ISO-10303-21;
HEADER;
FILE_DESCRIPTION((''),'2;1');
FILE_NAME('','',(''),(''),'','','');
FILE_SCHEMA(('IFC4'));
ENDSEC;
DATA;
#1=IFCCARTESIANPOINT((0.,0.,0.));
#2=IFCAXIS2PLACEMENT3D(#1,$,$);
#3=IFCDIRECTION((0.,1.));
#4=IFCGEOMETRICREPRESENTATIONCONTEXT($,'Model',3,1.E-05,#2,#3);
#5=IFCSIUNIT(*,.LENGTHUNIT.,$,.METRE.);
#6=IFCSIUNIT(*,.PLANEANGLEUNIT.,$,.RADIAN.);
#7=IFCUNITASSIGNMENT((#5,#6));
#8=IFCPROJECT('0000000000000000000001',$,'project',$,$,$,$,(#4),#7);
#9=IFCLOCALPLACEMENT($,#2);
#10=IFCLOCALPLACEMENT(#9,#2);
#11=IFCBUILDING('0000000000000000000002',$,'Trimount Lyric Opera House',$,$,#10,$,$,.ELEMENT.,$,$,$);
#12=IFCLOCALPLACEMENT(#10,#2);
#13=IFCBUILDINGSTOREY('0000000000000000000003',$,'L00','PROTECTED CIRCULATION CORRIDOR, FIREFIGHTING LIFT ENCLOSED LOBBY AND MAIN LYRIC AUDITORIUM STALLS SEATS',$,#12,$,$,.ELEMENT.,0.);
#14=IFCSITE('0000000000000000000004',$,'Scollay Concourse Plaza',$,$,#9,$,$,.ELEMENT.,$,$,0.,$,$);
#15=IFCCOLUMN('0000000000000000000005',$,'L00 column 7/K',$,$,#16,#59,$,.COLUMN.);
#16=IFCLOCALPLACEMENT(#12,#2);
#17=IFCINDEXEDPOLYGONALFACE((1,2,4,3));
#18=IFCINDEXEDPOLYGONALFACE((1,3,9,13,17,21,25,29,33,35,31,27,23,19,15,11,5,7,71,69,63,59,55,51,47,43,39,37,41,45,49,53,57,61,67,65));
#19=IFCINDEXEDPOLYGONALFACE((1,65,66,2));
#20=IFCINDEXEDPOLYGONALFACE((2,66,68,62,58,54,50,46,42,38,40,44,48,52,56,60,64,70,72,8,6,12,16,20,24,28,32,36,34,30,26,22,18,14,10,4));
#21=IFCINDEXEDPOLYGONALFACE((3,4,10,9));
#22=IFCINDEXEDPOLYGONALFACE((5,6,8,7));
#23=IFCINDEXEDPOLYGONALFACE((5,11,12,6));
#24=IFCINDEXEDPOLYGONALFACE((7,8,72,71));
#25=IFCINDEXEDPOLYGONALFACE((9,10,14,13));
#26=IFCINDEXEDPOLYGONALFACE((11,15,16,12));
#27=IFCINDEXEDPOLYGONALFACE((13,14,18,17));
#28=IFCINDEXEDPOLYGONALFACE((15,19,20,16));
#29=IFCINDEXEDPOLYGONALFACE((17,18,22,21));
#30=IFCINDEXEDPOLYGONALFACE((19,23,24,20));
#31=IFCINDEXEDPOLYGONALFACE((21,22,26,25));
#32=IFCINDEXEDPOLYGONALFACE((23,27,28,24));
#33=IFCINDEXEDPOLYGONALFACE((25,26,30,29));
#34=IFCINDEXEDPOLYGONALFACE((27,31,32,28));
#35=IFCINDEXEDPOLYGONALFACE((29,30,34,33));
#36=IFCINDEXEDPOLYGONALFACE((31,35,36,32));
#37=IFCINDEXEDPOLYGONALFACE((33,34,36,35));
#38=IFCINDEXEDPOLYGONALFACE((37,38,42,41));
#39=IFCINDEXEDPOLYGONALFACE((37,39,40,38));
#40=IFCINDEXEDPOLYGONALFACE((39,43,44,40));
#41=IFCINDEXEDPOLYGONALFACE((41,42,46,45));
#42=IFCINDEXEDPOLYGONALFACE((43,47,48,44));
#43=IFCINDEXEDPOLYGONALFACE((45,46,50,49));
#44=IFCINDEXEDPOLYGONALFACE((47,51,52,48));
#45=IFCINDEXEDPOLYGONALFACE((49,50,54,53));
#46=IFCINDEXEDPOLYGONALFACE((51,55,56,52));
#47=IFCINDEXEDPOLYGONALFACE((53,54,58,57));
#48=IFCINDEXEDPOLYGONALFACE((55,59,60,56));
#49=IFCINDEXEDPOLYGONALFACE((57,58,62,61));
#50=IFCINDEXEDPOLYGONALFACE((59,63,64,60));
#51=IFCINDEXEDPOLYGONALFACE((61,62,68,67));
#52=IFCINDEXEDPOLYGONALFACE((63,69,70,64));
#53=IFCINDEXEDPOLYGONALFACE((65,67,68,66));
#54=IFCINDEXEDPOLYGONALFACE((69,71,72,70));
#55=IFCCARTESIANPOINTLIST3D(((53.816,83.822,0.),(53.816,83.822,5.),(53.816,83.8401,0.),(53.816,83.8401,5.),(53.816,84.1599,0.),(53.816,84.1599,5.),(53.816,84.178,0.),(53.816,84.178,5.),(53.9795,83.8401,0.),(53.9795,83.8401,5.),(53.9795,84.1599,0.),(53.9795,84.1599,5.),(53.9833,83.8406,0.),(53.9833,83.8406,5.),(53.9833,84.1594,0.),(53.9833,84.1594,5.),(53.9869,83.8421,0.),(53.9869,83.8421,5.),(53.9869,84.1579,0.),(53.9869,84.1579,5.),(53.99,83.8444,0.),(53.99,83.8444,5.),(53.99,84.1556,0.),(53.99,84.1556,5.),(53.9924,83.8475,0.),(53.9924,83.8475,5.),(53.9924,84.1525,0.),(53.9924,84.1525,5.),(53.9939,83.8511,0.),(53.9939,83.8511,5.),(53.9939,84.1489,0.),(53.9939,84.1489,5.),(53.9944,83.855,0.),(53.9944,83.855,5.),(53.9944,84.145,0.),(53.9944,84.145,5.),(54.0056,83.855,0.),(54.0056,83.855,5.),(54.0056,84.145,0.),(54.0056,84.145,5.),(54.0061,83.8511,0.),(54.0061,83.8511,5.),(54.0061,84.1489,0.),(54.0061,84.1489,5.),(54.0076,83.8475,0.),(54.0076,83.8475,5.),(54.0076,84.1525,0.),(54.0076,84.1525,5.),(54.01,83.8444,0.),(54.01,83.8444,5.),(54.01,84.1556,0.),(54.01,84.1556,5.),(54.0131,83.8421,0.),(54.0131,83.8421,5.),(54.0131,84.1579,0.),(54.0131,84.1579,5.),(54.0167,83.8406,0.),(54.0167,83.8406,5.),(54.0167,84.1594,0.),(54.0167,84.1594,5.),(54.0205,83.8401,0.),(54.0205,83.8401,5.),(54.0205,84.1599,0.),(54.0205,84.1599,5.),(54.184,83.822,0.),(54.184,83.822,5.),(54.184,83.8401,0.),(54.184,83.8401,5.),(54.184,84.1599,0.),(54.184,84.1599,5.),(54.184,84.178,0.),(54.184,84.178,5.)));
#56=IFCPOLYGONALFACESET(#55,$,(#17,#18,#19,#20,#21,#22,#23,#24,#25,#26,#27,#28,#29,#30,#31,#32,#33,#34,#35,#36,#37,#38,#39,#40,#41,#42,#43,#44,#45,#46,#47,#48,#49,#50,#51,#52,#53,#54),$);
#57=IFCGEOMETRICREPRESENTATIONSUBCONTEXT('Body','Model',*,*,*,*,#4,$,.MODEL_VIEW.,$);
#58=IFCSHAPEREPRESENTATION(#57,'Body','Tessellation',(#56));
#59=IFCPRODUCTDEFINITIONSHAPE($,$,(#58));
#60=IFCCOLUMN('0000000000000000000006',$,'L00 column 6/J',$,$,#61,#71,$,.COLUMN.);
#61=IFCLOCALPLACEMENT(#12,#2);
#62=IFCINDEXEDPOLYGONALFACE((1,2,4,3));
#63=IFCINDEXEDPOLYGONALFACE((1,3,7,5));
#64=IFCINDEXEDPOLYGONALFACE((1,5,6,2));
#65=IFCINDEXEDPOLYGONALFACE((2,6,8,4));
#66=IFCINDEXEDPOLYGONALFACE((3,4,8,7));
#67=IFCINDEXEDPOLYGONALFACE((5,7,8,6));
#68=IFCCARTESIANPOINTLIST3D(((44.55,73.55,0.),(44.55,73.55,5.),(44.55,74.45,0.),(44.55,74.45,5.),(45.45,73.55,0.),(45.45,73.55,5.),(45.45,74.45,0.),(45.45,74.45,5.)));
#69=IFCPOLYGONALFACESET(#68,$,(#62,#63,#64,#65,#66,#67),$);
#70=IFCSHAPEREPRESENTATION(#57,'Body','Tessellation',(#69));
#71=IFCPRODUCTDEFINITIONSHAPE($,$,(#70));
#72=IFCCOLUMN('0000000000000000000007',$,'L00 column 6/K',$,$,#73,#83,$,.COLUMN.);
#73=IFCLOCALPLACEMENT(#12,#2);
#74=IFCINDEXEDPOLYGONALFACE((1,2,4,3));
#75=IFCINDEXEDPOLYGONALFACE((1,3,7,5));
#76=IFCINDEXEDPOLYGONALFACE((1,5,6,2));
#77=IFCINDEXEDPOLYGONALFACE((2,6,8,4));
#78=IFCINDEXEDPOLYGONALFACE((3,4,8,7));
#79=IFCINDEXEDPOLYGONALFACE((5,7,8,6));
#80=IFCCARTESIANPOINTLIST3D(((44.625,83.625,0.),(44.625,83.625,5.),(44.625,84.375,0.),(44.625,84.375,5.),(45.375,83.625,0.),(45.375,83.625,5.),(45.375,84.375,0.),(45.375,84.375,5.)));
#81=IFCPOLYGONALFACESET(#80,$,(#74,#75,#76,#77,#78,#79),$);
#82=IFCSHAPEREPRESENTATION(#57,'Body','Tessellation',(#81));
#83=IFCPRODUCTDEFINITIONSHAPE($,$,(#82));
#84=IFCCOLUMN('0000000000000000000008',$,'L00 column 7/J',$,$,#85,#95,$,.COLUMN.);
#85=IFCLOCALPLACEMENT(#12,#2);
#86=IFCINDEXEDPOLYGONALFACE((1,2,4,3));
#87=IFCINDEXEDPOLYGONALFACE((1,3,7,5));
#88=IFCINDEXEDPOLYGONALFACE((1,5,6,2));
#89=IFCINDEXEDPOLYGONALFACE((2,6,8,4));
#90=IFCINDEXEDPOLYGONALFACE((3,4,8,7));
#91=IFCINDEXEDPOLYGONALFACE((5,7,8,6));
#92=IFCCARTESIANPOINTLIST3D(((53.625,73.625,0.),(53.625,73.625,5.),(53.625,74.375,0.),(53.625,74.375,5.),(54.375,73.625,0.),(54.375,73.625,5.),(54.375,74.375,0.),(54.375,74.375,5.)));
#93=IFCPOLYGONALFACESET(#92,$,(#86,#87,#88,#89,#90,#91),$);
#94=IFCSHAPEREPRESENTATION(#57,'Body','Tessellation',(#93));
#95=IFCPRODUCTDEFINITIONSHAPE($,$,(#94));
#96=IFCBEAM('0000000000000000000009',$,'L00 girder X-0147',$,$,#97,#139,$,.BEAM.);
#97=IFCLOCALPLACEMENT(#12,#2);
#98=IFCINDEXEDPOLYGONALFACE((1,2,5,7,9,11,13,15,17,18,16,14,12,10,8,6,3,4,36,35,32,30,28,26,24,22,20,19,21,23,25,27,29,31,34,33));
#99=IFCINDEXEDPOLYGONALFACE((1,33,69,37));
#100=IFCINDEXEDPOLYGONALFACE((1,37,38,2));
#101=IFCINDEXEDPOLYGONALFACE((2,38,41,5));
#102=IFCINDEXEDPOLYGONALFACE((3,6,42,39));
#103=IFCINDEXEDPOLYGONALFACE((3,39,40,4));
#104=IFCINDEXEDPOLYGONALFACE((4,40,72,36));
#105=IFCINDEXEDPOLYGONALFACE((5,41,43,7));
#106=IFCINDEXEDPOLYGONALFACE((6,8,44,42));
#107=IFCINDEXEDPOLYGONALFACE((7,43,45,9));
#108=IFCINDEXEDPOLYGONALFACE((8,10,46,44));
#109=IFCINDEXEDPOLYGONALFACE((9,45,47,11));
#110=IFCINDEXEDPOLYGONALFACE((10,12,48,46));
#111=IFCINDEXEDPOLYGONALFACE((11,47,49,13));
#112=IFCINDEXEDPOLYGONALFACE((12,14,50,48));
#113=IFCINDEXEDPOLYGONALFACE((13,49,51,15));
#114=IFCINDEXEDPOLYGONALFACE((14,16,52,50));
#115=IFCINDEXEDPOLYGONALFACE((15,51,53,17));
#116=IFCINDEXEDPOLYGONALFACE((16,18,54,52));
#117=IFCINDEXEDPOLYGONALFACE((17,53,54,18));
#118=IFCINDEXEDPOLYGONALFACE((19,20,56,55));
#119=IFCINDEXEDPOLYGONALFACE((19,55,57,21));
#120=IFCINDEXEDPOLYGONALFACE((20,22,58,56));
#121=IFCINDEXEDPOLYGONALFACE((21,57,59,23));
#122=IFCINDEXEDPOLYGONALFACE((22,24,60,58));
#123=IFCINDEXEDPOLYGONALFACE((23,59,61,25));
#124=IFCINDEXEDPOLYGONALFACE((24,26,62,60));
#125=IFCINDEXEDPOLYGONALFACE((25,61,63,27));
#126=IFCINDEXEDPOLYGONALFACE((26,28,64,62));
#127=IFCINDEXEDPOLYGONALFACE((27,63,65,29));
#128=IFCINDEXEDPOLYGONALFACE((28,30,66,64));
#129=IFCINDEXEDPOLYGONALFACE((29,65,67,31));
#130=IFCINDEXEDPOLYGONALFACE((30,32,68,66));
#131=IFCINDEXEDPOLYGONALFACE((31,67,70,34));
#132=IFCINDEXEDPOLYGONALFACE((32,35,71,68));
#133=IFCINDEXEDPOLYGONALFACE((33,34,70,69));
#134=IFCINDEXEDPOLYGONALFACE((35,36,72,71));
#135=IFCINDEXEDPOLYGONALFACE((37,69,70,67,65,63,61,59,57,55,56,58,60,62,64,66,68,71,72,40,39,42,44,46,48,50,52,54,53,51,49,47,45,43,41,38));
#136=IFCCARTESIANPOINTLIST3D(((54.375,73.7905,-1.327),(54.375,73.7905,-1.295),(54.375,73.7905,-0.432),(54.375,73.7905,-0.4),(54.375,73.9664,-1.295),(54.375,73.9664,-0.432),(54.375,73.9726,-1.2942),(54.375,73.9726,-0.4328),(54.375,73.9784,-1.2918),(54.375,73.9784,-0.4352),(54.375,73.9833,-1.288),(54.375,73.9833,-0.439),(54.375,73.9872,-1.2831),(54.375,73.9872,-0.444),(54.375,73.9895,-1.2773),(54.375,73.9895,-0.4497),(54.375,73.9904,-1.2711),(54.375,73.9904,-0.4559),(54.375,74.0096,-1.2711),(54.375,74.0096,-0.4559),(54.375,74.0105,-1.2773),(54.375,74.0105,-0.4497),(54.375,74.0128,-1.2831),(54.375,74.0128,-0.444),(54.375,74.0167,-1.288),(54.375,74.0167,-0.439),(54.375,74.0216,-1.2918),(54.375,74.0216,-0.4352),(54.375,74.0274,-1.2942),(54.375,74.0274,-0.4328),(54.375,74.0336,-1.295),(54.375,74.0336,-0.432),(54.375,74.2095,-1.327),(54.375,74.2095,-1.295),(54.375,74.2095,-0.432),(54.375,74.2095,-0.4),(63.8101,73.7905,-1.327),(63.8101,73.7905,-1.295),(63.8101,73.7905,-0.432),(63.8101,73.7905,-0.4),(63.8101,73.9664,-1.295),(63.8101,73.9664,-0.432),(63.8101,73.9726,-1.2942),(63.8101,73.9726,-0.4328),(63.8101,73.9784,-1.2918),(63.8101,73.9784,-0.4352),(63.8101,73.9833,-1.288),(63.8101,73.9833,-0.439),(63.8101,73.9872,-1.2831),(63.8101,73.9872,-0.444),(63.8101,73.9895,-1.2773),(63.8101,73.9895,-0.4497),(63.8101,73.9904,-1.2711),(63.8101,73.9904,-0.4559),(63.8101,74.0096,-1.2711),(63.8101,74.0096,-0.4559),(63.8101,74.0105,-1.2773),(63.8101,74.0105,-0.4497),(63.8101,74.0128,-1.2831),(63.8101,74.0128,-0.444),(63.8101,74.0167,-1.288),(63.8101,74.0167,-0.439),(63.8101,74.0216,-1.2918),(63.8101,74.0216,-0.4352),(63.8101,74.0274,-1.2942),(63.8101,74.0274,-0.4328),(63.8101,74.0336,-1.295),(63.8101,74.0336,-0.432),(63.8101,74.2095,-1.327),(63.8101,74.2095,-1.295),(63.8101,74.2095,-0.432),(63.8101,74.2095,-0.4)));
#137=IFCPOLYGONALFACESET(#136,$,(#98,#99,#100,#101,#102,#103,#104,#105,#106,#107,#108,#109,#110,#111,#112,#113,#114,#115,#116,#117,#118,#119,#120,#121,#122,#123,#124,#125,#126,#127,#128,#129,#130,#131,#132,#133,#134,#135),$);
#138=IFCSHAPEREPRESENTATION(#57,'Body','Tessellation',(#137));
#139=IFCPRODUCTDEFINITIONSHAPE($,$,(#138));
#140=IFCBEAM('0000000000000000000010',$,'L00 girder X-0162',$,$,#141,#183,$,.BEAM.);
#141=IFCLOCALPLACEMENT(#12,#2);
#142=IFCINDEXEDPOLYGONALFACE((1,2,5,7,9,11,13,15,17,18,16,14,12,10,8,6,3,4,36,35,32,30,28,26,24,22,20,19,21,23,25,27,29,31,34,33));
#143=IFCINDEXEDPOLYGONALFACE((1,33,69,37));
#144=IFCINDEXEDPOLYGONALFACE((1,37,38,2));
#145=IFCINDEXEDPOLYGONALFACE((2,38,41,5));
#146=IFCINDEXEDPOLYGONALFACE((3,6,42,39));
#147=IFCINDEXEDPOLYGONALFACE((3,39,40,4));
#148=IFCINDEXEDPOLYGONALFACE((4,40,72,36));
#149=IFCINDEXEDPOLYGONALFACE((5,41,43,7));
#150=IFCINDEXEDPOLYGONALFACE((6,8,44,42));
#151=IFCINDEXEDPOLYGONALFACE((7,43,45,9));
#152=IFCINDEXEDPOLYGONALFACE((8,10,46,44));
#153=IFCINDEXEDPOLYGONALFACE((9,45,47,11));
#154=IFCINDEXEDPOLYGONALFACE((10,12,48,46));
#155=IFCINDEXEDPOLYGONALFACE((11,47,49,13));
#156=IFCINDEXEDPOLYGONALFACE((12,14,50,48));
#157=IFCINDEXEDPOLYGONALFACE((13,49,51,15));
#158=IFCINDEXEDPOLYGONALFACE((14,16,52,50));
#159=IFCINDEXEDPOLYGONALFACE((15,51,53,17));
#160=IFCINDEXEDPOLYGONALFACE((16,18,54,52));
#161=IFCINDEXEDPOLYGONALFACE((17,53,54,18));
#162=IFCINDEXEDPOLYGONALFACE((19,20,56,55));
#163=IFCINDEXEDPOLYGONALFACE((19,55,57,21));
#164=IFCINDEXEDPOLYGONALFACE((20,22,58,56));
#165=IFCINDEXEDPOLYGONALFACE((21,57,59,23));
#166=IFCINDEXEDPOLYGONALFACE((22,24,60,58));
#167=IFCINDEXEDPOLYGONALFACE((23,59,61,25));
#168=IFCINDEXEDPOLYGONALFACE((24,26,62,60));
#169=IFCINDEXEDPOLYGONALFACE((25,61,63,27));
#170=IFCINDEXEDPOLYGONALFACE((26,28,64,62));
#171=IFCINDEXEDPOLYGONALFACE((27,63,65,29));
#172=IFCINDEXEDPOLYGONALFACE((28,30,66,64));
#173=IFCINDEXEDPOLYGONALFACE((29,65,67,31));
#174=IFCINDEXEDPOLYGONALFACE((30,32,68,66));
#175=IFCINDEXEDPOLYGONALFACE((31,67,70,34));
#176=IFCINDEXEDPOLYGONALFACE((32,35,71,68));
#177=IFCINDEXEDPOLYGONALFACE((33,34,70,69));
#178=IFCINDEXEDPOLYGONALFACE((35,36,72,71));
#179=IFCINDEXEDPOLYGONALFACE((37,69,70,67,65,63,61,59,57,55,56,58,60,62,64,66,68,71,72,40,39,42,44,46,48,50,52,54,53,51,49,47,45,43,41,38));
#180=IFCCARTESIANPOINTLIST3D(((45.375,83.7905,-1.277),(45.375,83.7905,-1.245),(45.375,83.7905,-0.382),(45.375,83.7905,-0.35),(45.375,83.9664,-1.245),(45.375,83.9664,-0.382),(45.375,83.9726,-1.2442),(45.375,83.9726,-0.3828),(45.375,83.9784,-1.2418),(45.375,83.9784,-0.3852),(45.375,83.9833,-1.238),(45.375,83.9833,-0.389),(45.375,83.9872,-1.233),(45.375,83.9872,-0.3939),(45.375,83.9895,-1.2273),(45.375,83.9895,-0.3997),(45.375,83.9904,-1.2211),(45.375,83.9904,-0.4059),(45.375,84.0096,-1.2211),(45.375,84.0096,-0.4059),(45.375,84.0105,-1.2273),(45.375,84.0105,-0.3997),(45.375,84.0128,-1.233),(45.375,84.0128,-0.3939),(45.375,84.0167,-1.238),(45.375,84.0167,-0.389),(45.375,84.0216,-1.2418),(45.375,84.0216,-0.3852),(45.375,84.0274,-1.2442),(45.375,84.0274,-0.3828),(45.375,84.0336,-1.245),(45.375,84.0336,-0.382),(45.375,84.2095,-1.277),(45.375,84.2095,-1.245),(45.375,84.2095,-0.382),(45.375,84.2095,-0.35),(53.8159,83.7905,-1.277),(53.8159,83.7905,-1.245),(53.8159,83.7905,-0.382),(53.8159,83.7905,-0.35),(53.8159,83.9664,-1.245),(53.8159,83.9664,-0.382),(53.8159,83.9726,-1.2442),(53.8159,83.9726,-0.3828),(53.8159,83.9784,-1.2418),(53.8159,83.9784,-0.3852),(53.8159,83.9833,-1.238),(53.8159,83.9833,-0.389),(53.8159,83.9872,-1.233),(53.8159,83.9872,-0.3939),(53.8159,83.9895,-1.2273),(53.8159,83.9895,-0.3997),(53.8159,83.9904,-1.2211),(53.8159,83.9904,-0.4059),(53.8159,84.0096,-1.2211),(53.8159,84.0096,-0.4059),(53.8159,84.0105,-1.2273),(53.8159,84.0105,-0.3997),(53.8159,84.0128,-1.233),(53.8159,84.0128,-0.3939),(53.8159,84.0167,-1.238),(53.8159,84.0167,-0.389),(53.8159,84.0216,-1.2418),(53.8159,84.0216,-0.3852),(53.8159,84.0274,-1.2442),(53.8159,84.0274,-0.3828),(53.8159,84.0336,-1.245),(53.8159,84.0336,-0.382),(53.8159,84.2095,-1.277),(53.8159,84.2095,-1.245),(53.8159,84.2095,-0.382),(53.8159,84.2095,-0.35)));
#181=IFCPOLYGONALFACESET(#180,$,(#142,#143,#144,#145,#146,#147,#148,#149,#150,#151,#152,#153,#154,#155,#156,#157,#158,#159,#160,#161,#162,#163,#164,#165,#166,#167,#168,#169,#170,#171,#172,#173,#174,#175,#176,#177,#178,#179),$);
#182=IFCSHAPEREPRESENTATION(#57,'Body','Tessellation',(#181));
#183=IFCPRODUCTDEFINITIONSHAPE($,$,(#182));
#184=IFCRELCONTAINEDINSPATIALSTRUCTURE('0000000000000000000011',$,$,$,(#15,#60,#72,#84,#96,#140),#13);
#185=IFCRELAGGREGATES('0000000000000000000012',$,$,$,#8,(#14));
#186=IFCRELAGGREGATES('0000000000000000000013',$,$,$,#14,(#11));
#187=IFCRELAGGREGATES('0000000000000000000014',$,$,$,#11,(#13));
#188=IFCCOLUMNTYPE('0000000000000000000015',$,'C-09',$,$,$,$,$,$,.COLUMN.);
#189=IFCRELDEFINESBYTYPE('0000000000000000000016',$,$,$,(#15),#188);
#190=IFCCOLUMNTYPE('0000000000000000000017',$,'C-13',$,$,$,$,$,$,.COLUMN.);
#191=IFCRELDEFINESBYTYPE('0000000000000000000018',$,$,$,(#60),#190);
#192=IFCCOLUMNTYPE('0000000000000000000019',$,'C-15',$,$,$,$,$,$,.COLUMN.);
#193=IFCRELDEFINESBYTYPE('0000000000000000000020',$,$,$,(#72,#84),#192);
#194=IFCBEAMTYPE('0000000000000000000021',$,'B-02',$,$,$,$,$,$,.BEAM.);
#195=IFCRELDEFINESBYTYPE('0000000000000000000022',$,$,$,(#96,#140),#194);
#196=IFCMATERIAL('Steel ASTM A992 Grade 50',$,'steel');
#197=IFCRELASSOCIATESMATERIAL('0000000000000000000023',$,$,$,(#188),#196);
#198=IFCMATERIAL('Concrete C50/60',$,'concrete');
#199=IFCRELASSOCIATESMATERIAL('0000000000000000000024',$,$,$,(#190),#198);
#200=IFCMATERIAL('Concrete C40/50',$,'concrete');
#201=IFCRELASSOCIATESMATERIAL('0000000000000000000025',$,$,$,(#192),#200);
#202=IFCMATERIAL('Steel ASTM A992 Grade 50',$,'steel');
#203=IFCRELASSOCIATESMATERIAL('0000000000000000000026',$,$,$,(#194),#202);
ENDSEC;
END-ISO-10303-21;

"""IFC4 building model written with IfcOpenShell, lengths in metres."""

from ifc_helpers import new_model, si_unit, direction, frame, origin, origin_2d, place, context, subcontext, project, spatial, rectangle, i_section, extrude, material, material_profile, profile_set, type_object, element, save


model = new_model("IFC4")

# Units and contexts
model_context = context("Model", 3, precision=1e-05, world=origin(), true_north=direction((0.0, 1.0)))
body_context = subcontext(model_context, "Body", "Model", "MODEL_VIEW")
ifc_project = project(units=[si_unit("LENGTHUNIT", "METRE"), si_unit("PLANEANGLEUNIT", "RADIAN")], contexts=[model_context])

# Site, building, storey
site_placement = place(None, origin())
site = spatial("IfcSite", under=ifc_project, at=site_placement, Name="Scollay Concourse Plaza", CompositionType="ELEMENT", RefElevation=0.0)
building_placement = place(site_placement, origin())
building = spatial("IfcBuilding", under=site, at=building_placement, Name="Trimount Lyric Opera House", CompositionType="ELEMENT")
storey_placement = place(building_placement, origin())
storey = spatial("IfcBuildingStorey", under=building, at=storey_placement, Name="L00", Description="PROTECTED CIRCULATION CORRIDOR, FIREFIGHTING LIFT ENCLOSED LOBBY AND MAIN LYRIC AUDITORIUM STALLS SEATS", CompositionType="ELEMENT", Elevation=0.0)

# Columns
ifc_material_1 = material(Name="Steel ASTM A992 Grade 50", Category="steel")
ifc_material_profile_1 = material_profile(ifc_material_1, i_section(OverallWidth=0.3679, OverallDepth=0.356, WebThickness=0.0112, FlangeThickness=0.0181, FilletRadius=0.0149, at=origin_2d()), Name="W14X90")
ifc_profile_set_1 = profile_set([ifc_material_profile_1], Name="Steel ASTM A992 Grade 50")
column_type_1 = type_object("IfcColumnType", Name="C-09", PredefinedType="COLUMN", material=ifc_profile_set_1)
column_1_placement = place(storey_placement, frame((54.0, 84.0, 0.0), z_axis=(0.0, 0.0, 1.0), x_axis=(1.0, 0.0, 0.0)))
element("IfcColumn", 1, at=column_1_placement, inside=storey, type_object=column_type_1, Name="L00 column 7/K", PredefinedType="COLUMN", context=body_context, shape_type="SweptSolid", body=[
    extrude(i_section(OverallWidth=0.3679, OverallDepth=0.356, WebThickness=0.0112, FlangeThickness=0.0181, FilletRadius=0.0149, at=origin_2d()), origin(), (0.0, 0.0, 1.0), 5.0),
])
ifc_material_2 = material(Name="Concrete C50/60", Category="concrete")
ifc_material_profile_2 = material_profile(ifc_material_2, rectangle(XDim=0.8999, YDim=0.8999, at=origin_2d()), Name="RC900X900")
ifc_profile_set_2 = profile_set([ifc_material_profile_2], Name="Concrete C50/60")
column_type_2 = type_object("IfcColumnType", Name="C-13", PredefinedType="COLUMN", material=ifc_profile_set_2)
column_2_placement = place(storey_placement, frame((45.0, 74.0, 0.0), z_axis=(0.0, 0.0, 1.0), x_axis=(1.0, 0.0, 0.0)))
element("IfcColumn", 2, at=column_2_placement, inside=storey, type_object=column_type_2, Name="L00 column 6/J", PredefinedType="COLUMN", context=body_context, shape_type="SweptSolid", body=[
    extrude(rectangle(XDim=0.8999, YDim=0.8999, at=origin_2d()), origin(), (0.0, 0.0, 1.0), 5.0),
])
ifc_material_3 = material(Name="Concrete C40/50", Category="concrete")
ifc_material_profile_3 = material_profile(ifc_material_3, rectangle(XDim=0.75, YDim=0.75, at=origin_2d()), Name="RC750X750")
ifc_profile_set_3 = profile_set([ifc_material_profile_3], Name="Concrete C40/50")
column_type_3 = type_object("IfcColumnType", Name="C-15", PredefinedType="COLUMN", material=ifc_profile_set_3)
for number, where, z_axis, x_axis, name in (
    (3, (45.0, 84.0, 0.0), (0.0, 0.0, 1.0), (1.0, 0.0, 0.0), "L00 column 6/K"),
    (4, (54.0, 74.0, 0.0), (0.0, 0.0, 1.0), (1.0, 0.0, 0.0), "L00 column 7/J"),
):
    element("IfcColumn", number, at=place(storey_placement, frame(where, z_axis=z_axis, x_axis=x_axis)), inside=storey, type_object=column_type_3, Name=name, PredefinedType="COLUMN", context=body_context, shape_type="SweptSolid", body=[
        extrude(rectangle(XDim=0.75, YDim=0.75, at=origin_2d()), origin(), (0.0, 0.0, 1.0), 5.0),
    ])

# Beams
ifc_material_4 = material(Name="Steel ASTM A992 Grade 50", Category="steel")
ifc_material_profile_4 = material_profile(ifc_material_4, i_section(OverallWidth=0.4189, OverallDepth=0.927, WebThickness=0.0193, FlangeThickness=0.032, FilletRadius=0.0239, at=origin_2d()), Name="W36X231")
ifc_profile_set_4 = profile_set([ifc_material_profile_4], Name="Steel ASTM A992 Grade 50")
beam_type_1 = type_object("IfcBeamType", Name="B-02", PredefinedType="BEAM", material=ifc_profile_set_4)
beam_1_placement = place(storey_placement, frame((54.375, 74.0, -0.8635), z_axis=(1.0, 0.0, 0.0), x_axis=(0.0, 1.0, 0.0)))
element("IfcBeam", 5, at=beam_1_placement, inside=storey, type_object=beam_type_1, Name="L00 girder X-0147", PredefinedType="BEAM", context=body_context, shape_type="SweptSolid", body=[
    extrude(i_section(OverallWidth=0.4189, OverallDepth=0.927, WebThickness=0.0193, FlangeThickness=0.032, FilletRadius=0.0239, at=origin_2d()), origin(), (0.0, 0.0, 1.0), 9.4351),
])
beam_2_placement = place(storey_placement, frame((45.375, 84.0, -0.8135), z_axis=(1.0, 0.0, 0.0), x_axis=(0.0, 1.0, 0.0)))
element("IfcBeam", 6, at=beam_2_placement, inside=storey, type_object=beam_type_1, Name="L00 girder X-0162", PredefinedType="BEAM", context=body_context, shape_type="SweptSolid", body=[
    extrude(i_section(OverallWidth=0.4189, OverallDepth=0.927, WebThickness=0.0193, FlangeThickness=0.032, FilletRadius=0.0239, at=origin_2d()), origin(), (0.0, 0.0, 1.0), 8.4409),
])

save(model, "model.ifc")
